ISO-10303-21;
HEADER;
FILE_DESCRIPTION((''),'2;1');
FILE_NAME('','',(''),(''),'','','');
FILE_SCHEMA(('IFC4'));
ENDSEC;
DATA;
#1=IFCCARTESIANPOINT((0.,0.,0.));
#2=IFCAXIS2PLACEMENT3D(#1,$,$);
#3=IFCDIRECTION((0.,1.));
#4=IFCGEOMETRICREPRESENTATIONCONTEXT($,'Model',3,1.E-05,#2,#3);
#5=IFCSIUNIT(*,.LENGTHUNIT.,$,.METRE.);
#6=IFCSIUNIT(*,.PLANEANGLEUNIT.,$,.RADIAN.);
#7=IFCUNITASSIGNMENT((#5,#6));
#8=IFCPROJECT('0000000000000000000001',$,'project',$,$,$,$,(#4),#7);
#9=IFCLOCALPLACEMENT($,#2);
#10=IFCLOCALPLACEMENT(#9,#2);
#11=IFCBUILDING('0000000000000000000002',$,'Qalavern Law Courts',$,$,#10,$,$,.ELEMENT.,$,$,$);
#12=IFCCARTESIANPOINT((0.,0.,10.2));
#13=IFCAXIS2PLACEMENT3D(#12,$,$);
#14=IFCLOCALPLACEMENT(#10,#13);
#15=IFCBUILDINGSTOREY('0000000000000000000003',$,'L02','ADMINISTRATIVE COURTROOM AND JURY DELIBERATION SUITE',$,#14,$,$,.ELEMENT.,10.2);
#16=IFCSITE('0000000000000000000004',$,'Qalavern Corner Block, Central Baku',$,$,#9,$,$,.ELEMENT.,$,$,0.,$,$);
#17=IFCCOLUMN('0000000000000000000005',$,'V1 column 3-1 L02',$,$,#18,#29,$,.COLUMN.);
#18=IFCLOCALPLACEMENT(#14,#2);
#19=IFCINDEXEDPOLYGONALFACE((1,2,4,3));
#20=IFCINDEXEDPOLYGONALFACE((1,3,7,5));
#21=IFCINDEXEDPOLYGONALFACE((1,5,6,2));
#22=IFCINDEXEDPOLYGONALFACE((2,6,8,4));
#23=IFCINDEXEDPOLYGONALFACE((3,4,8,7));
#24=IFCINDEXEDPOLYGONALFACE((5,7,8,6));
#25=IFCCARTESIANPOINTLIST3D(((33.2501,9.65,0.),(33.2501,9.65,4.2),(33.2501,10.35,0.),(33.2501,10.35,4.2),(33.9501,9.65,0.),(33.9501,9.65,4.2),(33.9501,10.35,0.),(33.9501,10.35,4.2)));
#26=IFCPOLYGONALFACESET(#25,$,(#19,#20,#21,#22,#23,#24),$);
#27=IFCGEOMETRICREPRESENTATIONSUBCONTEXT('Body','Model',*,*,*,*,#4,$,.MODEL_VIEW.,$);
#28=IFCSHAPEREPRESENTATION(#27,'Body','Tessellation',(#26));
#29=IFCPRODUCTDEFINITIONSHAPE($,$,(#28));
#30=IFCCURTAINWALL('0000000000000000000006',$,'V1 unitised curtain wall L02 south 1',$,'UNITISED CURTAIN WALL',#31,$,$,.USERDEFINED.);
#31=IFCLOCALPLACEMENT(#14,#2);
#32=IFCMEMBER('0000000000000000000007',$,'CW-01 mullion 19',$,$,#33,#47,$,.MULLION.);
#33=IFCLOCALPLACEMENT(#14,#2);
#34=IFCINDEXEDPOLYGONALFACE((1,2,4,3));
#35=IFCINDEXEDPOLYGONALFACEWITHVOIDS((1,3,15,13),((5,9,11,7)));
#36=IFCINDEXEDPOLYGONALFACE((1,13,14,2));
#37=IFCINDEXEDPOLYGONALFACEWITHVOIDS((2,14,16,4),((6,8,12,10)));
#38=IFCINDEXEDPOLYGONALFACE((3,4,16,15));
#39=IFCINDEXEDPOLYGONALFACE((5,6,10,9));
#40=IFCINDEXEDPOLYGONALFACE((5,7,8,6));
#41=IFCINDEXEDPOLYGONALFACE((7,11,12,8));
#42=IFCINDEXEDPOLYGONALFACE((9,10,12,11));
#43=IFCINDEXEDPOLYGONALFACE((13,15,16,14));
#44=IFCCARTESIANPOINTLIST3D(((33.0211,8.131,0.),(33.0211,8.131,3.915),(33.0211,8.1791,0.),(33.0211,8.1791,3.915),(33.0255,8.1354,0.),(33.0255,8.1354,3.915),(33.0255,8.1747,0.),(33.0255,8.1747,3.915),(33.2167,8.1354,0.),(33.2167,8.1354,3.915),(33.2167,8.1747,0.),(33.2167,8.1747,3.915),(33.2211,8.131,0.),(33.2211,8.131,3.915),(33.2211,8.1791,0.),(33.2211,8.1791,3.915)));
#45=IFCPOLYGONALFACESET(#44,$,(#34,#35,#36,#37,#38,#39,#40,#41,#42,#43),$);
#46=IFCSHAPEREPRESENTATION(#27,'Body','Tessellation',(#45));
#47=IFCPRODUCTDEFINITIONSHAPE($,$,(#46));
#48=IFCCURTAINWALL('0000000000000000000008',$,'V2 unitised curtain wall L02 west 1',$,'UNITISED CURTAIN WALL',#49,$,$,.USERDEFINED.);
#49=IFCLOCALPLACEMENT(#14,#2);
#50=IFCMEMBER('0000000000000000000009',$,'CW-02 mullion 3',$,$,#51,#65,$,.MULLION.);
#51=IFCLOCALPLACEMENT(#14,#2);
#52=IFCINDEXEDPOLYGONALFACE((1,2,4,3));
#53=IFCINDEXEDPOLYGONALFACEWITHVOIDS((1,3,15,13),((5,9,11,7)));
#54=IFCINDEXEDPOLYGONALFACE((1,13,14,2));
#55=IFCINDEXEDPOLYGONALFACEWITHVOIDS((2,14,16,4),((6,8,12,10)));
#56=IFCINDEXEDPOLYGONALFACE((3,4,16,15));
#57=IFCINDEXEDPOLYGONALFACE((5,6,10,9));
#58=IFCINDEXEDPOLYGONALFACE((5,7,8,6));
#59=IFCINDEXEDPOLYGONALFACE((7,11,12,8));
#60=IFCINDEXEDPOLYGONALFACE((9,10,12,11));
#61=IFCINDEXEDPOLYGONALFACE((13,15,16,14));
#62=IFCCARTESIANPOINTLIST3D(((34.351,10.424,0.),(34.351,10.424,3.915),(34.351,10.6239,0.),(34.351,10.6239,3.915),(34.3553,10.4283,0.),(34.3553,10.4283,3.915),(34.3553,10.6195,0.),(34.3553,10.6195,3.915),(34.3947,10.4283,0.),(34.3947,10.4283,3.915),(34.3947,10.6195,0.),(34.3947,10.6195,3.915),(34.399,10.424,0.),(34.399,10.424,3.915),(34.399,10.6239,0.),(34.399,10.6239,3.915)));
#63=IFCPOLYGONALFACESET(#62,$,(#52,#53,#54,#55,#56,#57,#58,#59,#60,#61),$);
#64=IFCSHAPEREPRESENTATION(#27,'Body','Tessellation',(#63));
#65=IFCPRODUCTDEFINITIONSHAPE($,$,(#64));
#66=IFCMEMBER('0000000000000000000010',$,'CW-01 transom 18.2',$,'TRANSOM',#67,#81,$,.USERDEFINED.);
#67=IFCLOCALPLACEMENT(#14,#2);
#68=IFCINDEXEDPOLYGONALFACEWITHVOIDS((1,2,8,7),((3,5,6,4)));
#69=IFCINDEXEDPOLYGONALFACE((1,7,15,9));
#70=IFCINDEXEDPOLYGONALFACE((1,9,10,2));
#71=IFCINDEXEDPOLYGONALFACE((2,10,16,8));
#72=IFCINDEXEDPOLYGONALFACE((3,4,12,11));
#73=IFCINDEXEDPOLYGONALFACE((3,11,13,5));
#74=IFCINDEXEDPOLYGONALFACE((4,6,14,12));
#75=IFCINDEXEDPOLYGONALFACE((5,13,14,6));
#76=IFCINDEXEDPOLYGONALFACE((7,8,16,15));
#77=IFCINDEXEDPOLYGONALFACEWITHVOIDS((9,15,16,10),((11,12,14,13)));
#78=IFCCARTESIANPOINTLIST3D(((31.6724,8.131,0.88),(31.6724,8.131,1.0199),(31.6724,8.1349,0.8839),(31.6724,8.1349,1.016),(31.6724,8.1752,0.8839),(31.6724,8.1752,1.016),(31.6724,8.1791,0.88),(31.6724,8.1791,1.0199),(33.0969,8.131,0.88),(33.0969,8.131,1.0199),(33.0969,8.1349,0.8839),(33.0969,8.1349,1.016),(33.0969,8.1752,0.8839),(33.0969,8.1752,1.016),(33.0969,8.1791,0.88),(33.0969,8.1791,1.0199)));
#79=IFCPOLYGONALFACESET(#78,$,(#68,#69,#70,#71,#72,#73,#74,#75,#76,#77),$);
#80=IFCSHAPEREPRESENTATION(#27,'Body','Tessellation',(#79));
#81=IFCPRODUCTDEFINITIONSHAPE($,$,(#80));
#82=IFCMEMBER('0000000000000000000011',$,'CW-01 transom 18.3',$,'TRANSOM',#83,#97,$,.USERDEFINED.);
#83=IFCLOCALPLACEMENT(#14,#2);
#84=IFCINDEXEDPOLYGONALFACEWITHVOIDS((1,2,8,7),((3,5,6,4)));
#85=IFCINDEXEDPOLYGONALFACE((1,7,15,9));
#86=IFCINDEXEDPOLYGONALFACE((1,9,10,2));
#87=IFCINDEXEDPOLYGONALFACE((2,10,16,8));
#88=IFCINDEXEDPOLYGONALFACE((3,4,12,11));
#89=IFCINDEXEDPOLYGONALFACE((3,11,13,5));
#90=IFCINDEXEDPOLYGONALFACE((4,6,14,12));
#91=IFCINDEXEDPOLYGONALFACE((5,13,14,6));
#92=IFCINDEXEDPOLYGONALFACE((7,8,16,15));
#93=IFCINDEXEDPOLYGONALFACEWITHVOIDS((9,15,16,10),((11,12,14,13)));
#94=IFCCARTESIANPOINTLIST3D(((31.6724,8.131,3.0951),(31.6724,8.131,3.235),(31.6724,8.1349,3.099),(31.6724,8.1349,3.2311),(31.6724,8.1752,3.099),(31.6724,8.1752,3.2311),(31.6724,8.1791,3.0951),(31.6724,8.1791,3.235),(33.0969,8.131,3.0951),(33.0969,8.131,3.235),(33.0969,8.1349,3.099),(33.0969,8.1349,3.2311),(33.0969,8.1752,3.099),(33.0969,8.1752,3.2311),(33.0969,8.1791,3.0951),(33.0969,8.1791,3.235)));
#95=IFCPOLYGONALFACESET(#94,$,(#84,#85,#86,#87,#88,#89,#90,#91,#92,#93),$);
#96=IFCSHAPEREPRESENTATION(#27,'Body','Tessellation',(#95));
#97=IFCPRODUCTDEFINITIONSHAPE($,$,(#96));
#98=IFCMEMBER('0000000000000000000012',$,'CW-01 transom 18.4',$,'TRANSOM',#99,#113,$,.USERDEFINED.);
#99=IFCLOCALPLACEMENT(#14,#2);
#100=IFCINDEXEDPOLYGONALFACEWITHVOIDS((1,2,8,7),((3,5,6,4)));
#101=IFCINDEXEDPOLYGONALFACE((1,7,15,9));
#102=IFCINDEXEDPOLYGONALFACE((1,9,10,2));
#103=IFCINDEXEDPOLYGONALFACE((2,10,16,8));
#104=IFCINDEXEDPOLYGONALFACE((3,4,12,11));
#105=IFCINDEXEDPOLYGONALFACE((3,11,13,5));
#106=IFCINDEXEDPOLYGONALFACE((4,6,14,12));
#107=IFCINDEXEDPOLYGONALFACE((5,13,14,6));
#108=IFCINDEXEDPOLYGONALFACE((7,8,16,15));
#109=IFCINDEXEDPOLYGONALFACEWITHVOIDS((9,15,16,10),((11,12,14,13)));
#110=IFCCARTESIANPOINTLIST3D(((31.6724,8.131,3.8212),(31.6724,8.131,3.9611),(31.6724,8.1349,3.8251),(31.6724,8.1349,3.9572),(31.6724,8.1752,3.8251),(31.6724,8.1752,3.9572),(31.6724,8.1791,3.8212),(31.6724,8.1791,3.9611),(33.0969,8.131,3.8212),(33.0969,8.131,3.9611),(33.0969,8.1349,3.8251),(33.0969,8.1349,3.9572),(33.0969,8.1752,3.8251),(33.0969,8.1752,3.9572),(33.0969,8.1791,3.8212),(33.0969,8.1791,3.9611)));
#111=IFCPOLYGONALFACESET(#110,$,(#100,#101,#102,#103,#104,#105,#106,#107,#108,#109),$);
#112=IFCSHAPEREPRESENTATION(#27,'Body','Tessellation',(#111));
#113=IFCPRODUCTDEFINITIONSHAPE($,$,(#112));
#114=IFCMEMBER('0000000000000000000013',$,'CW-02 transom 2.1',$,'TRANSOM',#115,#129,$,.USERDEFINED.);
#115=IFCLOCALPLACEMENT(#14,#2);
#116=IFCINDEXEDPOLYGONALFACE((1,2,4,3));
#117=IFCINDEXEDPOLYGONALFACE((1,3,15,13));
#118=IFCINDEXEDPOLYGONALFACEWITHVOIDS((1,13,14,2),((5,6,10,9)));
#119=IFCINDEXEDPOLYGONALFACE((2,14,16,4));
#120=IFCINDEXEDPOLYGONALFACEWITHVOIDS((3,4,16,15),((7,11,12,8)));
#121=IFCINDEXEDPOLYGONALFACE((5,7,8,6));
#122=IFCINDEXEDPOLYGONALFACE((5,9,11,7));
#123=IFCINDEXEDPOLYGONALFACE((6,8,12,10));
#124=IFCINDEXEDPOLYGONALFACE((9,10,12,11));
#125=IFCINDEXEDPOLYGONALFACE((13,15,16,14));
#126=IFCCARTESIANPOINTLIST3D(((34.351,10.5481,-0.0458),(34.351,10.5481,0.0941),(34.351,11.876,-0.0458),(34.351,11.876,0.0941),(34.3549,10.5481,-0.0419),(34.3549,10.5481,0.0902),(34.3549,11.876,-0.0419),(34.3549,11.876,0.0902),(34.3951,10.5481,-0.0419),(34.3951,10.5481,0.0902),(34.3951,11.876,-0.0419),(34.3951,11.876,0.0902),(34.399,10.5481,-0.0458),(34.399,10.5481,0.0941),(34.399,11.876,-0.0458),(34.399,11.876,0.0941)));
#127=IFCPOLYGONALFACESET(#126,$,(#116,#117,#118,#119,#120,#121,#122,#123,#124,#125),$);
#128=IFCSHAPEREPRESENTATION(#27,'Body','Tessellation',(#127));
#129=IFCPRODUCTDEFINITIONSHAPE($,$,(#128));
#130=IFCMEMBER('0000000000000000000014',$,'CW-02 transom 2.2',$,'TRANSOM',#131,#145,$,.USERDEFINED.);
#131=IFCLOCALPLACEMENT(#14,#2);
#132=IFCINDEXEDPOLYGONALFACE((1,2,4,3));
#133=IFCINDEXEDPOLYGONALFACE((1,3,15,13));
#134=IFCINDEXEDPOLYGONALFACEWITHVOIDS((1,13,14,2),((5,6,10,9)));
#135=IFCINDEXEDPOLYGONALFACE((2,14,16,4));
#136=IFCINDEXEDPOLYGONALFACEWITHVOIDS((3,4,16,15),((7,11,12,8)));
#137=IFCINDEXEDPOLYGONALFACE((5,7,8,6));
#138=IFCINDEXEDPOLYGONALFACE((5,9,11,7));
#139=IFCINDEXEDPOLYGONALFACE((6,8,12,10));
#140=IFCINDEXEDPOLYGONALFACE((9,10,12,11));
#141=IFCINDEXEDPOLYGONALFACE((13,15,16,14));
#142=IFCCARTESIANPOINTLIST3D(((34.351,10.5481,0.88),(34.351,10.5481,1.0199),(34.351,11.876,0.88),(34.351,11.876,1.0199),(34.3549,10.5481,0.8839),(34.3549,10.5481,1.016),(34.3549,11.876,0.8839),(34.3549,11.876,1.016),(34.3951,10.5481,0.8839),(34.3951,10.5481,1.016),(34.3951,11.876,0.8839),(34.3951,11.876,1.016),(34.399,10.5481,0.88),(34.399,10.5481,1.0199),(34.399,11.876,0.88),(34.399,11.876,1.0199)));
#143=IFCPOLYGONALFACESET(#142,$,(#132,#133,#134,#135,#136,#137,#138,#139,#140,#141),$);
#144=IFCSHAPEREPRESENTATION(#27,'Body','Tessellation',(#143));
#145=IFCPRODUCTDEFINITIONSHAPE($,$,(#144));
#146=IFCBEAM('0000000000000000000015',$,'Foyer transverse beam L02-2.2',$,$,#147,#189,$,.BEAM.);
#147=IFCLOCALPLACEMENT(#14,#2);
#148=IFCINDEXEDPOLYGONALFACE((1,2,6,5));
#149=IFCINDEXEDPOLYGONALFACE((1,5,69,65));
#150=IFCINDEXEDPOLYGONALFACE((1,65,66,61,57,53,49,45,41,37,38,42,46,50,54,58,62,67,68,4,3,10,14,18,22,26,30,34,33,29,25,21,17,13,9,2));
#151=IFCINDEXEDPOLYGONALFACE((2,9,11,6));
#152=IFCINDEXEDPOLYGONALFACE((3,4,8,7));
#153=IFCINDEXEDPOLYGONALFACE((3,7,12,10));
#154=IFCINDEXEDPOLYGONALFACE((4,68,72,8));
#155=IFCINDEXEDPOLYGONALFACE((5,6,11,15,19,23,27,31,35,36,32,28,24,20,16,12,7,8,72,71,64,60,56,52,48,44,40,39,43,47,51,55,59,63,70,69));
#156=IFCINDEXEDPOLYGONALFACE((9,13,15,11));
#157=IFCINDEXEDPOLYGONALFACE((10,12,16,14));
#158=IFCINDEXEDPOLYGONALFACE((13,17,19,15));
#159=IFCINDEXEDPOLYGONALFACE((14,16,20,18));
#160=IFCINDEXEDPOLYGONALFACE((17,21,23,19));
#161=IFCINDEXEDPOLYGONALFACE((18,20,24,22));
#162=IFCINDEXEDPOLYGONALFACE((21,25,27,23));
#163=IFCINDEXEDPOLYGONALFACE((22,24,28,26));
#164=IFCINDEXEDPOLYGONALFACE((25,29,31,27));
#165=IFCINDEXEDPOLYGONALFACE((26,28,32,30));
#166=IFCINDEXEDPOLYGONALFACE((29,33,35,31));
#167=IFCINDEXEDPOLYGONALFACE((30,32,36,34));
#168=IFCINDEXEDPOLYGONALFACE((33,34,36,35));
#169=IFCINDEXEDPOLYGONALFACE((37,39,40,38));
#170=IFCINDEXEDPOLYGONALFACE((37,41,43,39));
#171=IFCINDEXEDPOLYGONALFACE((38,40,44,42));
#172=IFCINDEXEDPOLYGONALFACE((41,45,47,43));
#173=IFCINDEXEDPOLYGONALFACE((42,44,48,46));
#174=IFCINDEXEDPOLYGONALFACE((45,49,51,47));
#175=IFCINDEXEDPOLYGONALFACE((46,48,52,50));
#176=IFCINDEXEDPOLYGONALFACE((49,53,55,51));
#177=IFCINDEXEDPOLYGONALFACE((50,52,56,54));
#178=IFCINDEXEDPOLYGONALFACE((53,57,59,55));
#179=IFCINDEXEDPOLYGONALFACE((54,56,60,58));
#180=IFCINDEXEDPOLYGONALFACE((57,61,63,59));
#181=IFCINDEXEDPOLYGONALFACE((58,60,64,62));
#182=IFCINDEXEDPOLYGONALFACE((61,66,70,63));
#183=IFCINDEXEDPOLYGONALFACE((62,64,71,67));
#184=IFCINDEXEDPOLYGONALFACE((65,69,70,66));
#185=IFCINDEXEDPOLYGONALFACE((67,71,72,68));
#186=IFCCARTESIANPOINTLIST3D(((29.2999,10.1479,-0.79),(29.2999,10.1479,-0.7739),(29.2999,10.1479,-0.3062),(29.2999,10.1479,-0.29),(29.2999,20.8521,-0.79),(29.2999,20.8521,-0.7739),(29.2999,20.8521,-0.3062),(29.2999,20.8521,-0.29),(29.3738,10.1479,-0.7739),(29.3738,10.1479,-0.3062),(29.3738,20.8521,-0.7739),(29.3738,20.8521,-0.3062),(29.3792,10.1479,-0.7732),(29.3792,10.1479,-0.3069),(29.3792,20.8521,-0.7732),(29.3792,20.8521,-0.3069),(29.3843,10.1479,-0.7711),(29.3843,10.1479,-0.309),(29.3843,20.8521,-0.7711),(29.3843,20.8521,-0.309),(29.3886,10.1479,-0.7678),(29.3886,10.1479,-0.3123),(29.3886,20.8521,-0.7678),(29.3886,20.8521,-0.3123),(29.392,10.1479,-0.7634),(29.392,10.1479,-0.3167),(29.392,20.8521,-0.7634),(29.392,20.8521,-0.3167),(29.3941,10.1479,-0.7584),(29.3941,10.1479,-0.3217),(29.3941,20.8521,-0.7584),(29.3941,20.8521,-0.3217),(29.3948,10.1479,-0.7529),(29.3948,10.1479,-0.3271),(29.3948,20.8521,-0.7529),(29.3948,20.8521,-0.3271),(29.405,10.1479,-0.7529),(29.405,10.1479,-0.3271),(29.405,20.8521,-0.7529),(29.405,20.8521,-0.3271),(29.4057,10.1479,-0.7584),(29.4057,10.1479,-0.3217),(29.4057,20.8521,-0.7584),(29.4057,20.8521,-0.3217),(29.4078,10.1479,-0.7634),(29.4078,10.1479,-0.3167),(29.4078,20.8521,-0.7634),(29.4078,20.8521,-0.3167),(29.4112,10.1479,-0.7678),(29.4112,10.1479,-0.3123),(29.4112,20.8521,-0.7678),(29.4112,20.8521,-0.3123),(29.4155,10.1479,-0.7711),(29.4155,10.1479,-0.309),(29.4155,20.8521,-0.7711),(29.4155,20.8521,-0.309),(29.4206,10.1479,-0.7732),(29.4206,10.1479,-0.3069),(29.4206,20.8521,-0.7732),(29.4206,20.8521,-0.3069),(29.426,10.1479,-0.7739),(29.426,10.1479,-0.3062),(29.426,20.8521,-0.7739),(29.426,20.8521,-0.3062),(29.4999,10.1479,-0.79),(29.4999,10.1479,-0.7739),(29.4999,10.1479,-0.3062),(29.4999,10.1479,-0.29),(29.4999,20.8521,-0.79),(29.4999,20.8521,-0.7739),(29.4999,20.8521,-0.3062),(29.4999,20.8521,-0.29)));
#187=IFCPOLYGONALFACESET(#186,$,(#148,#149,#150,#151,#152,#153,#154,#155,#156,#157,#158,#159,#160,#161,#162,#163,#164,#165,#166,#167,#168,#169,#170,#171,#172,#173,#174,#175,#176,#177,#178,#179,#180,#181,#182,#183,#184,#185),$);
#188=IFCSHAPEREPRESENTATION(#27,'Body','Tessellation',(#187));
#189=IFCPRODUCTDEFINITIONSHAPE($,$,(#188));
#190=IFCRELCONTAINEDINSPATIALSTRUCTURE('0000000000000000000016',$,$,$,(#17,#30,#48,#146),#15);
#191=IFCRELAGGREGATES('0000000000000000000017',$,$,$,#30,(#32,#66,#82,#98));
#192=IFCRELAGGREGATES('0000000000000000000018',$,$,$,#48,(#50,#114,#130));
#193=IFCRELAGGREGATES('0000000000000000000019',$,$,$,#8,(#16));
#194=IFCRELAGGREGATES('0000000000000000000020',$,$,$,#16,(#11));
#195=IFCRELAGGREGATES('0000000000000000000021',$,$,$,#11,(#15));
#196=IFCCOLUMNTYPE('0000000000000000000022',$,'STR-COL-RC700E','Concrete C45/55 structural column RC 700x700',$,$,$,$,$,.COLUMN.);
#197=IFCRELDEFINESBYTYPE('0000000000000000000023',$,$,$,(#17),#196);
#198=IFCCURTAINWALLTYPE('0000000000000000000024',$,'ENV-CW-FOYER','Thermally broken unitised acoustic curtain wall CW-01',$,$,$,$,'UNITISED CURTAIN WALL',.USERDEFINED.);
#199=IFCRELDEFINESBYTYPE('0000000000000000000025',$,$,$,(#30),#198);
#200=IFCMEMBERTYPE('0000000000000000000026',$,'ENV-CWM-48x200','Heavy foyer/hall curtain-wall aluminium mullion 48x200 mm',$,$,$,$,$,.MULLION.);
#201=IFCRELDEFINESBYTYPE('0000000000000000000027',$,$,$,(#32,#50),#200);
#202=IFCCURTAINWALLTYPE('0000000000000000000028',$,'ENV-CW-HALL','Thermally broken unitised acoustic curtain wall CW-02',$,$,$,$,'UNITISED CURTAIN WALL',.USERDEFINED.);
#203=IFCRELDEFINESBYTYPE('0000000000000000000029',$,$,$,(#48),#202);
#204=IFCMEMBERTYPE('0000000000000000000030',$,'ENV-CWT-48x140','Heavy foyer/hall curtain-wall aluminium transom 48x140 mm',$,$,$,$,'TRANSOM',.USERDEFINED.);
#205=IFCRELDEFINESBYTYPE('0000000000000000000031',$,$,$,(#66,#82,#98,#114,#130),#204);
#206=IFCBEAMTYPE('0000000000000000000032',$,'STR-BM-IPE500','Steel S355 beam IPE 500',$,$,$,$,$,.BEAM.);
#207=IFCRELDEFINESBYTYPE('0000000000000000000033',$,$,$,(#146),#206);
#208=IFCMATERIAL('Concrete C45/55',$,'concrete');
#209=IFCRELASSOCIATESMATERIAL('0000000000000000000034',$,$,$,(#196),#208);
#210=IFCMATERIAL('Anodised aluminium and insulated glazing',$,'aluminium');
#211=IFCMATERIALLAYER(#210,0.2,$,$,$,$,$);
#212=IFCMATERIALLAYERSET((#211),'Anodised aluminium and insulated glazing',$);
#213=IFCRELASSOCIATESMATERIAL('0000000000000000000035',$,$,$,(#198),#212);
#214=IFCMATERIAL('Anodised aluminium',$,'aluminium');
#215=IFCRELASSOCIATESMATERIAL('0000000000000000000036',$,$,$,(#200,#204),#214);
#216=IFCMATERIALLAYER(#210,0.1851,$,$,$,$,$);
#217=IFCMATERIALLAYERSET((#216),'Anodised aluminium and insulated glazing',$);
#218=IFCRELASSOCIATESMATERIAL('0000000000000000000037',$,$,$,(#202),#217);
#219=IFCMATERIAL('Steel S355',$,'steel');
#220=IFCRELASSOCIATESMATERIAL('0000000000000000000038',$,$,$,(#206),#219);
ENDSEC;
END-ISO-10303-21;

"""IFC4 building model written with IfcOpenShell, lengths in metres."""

from ifc_helpers import new_model, si_unit, direction, frame, origin, origin_2d, place, context, subcontext, project, spatial, rectangle, hollow_rectangle, i_section, extrude, material, layer, layer_set, material_profile, profile_set, type_object, element, aggregate, save


model = new_model("IFC4")

# Units and contexts
model_context = context("Model", 3, precision=1e-05, world=origin(), true_north=direction((0.0, 1.0)))
body_context = subcontext(model_context, "Body", "Model", "MODEL_VIEW")
ifc_project = project(units=[si_unit("LENGTHUNIT", "METRE"), si_unit("PLANEANGLEUNIT", "RADIAN")], contexts=[model_context])

# Site, building, storey
site_placement = place(None, origin())
site = spatial("IfcSite", under=ifc_project, at=site_placement, Name="Qalavern Corner Block, Central Baku", CompositionType="ELEMENT", RefElevation=0.0)
building_placement = place(site_placement, origin())
building = spatial("IfcBuilding", under=site, at=building_placement, Name="Qalavern Law Courts", CompositionType="ELEMENT")
storey_placement = place(building_placement, frame((0.0, 0.0, 10.2)))
storey = spatial("IfcBuildingStorey", under=building, at=storey_placement, Name="L02", Description="ADMINISTRATIVE COURTROOM AND JURY DELIBERATION SUITE", CompositionType="ELEMENT", Elevation=10.2)

# Column
ifc_material_1 = material(Name="Concrete C45/55", Category="concrete")
ifc_material_profile_1 = material_profile(ifc_material_1, rectangle(XDim=0.7, YDim=0.7, at=origin_2d()), Name="RC 700x700")
ifc_profile_set_1 = profile_set([ifc_material_profile_1], Name="Concrete C45/55")
column_type = type_object("IfcColumnType", Name="STR-COL-RC700E", Description="Concrete C45/55 structural column RC 700x700", PredefinedType="COLUMN", material=ifc_profile_set_1)
column_placement = place(storey_placement, frame((33.6001, 10.0, 0.0), z_axis=(0.0, 0.0, 1.0), x_axis=(1.0, 0.0, 0.0)))
element("IfcColumn", 1, at=column_placement, inside=storey, type_object=column_type, Name="V1 column 3-1 L02", PredefinedType="COLUMN", context=body_context, shape_type="SweptSolid", body=[
    extrude(rectangle(XDim=0.7, YDim=0.7, at=origin_2d()), origin(), (0.0, 0.0, 1.0), 4.2),
])

# Curtain walls, members
ifc_material_2 = material(Name="Anodised aluminium and insulated glazing", Category="aluminium")
ifc_layer_1 = layer(ifc_material_2, 0.2)
ifc_layer_set_1 = layer_set([ifc_layer_1], Name="Anodised aluminium and insulated glazing")
curtain_wall_type_1 = type_object("IfcCurtainWallType", Name="ENV-CW-FOYER", Description="Thermally broken unitised acoustic curtain wall CW-01", ElementType="UNITISED CURTAIN WALL", PredefinedType="USERDEFINED", material=ifc_layer_set_1)
curtain_wall_1_placement = place(storey_placement, origin())
curtain_wall_1 = element("IfcCurtainWall", 2, at=curtain_wall_1_placement, inside=storey, type_object=curtain_wall_type_1, Name="V1 unitised curtain wall L02 south 1", ObjectType="UNITISED CURTAIN WALL", PredefinedType="USERDEFINED")
ifc_material_3 = material(Name="Anodised aluminium", Category="aluminium")
ifc_material_profile_2 = material_profile(ifc_material_3, hollow_rectangle(XDim=0.0481, YDim=0.2, WallThickness=0.0044, at=origin_2d()), Name="ALU MULLION 48x200")
ifc_profile_set_2 = profile_set([ifc_material_profile_2], Name="Anodised aluminium")
member_type_1 = type_object("IfcMemberType", Name="ENV-CWM-48x200", Description="Heavy foyer/hall curtain-wall aluminium mullion 48x200 mm", PredefinedType="MULLION", material=ifc_profile_set_2)
member_1_placement = place(storey_placement, frame((33.1211, 8.155, 0.0), z_axis=(0.0, 0.0, 1.0), x_axis=(0.0, 1.0, 0.0)))
member_1 = element("IfcMember", 3, at=member_1_placement, type_object=member_type_1, Name="CW-01 mullion 19", PredefinedType="MULLION", context=body_context, shape_type="SweptSolid", body=[
    extrude(hollow_rectangle(XDim=0.0481, YDim=0.2, WallThickness=0.0044, at=origin_2d()), origin(), (0.0, 0.0, 1.0), 3.915),
])
ifc_layer_2 = layer(ifc_material_2, 0.1851)
ifc_layer_set_2 = layer_set([ifc_layer_2], Name="Anodised aluminium and insulated glazing")
curtain_wall_type_2 = type_object("IfcCurtainWallType", Name="ENV-CW-HALL", Description="Thermally broken unitised acoustic curtain wall CW-02", ElementType="UNITISED CURTAIN WALL", PredefinedType="USERDEFINED", material=ifc_layer_set_2)
curtain_wall_2_placement = place(storey_placement, origin())
curtain_wall_2 = element("IfcCurtainWall", 4, at=curtain_wall_2_placement, inside=storey, type_object=curtain_wall_type_2, Name="V2 unitised curtain wall L02 west 1", ObjectType="UNITISED CURTAIN WALL", PredefinedType="USERDEFINED")
member_2_placement = place(storey_placement, frame((34.375, 10.5239, 0.0), z_axis=(0.0, 0.0, 1.0), x_axis=(1.0, 0.0, 0.0)))
member_2 = element("IfcMember", 5, at=member_2_placement, type_object=member_type_1, Name="CW-02 mullion 3", PredefinedType="MULLION", context=body_context, shape_type="SweptSolid", body=[
    extrude(hollow_rectangle(XDim=0.0481, YDim=0.2, WallThickness=0.0044, at=origin_2d()), origin(), (0.0, 0.0, 1.0), 3.915),
])

# Members
ifc_material_profile_3 = material_profile(ifc_material_3, hollow_rectangle(XDim=0.0481, YDim=0.1399, WallThickness=0.0039, at=origin_2d()), Name="ALU TRANSOM 48x140")
ifc_profile_set_3 = profile_set([ifc_material_profile_3], Name="Anodised aluminium")
member_type_2 = type_object("IfcMemberType", Name="ENV-CWT-48x140", Description="Heavy foyer/hall curtain-wall aluminium transom 48x140 mm", ElementType="TRANSOM", PredefinedType="USERDEFINED", material=ifc_profile_set_3)
member_3_placement = place(storey_placement, frame((31.6724, 8.155, 0.95), z_axis=(1.0, 0.0, 0.0), x_axis=(0.0, 1.0, 0.0)))
member_3 = element("IfcMember", 6, at=member_3_placement, type_object=member_type_2, Name="CW-01 transom 18.2", ObjectType="TRANSOM", PredefinedType="USERDEFINED", context=body_context, shape_type="SweptSolid", body=[
    extrude(hollow_rectangle(XDim=0.0481, YDim=0.1399, WallThickness=0.0039, at=origin_2d()), origin(), (0.0, 0.0, 1.0), 1.4246),
])
member_4_placement = place(storey_placement, frame((31.6724, 8.155, 3.165), z_axis=(1.0, 0.0, 0.0), x_axis=(0.0, 1.0, 0.0)))
member_4 = element("IfcMember", 7, at=member_4_placement, type_object=member_type_2, Name="CW-01 transom 18.3", ObjectType="TRANSOM", PredefinedType="USERDEFINED", context=body_context, shape_type="SweptSolid", body=[
    extrude(hollow_rectangle(XDim=0.0481, YDim=0.1399, WallThickness=0.0039, at=origin_2d()), origin(), (0.0, 0.0, 1.0), 1.4246),
])
member_5_placement = place(storey_placement, frame((31.6724, 8.155, 3.8911), z_axis=(1.0, 0.0, 0.0), x_axis=(0.0, 1.0, 0.0)))
member_5 = element("IfcMember", 8, at=member_5_placement, type_object=member_type_2, Name="CW-01 transom 18.4", ObjectType="TRANSOM", PredefinedType="USERDEFINED", context=body_context, shape_type="SweptSolid", body=[
    extrude(hollow_rectangle(XDim=0.0481, YDim=0.1399, WallThickness=0.0039, at=origin_2d()), origin(), (0.0, 0.0, 1.0), 1.4246),
])
member_6_placement = place(storey_placement, frame((34.375, 11.876, 0.0242), z_axis=(0.0, -1.0, 0.0), x_axis=(1.0, 0.0, 0.0)))
member_6 = element("IfcMember", 9, at=member_6_placement, type_object=member_type_2, Name="CW-02 transom 2.1", ObjectType="TRANSOM", PredefinedType="USERDEFINED", context=body_context, shape_type="SweptSolid", body=[
    extrude(hollow_rectangle(XDim=0.0481, YDim=0.1399, WallThickness=0.0039, at=origin_2d()), origin(), (0.0, 0.0, 1.0), 1.3279),
])
member_7_placement = place(storey_placement, frame((34.375, 11.876, 0.95), z_axis=(0.0, -1.0, 0.0), x_axis=(1.0, 0.0, 0.0)))
member_7 = element("IfcMember", 10, at=member_7_placement, type_object=member_type_2, Name="CW-02 transom 2.2", ObjectType="TRANSOM", PredefinedType="USERDEFINED", context=body_context, shape_type="SweptSolid", body=[
    extrude(hollow_rectangle(XDim=0.0481, YDim=0.1399, WallThickness=0.0039, at=origin_2d()), origin(), (0.0, 0.0, 1.0), 1.3279),
])

# Beam
ifc_material_4 = material(Name="Steel S355", Category="steel")
ifc_material_profile_4 = material_profile(ifc_material_4, i_section(OverallWidth=0.2, OverallDepth=0.5, WebThickness=0.0103, FlangeThickness=0.0161, FilletRadius=0.021, at=origin_2d()), Name="IPE 500")
ifc_profile_set_4 = profile_set([ifc_material_profile_4], Name="Steel S355")
beam_type_1 = type_object("IfcBeamType", Name="STR-BM-IPE500", Description="Steel S355 beam IPE 500", PredefinedType="BEAM", material=ifc_profile_set_4)
beam_1_placement = place(storey_placement, frame((29.3999, 10.1479, -0.54), z_axis=(0.0, 1.0, 0.0), x_axis=(-1.0, 0.0, 0.0)))
element("IfcBeam", 11, at=beam_1_placement, inside=storey, type_object=beam_type_1, Name="Foyer transverse beam L02-2.2", PredefinedType="BEAM", context=body_context, shape_type="SweptSolid", body=[
    extrude(i_section(OverallWidth=0.2, OverallDepth=0.5, WebThickness=0.0103, FlangeThickness=0.0161, FilletRadius=0.021, at=origin_2d()), origin(), (0.0, 0.0, 1.0), 10.7041),
])

aggregate(curtain_wall_1, [member_1, member_3, member_4, member_5])
aggregate(curtain_wall_2, [member_2, member_6, member_7])

save(model, "model.ifc")
